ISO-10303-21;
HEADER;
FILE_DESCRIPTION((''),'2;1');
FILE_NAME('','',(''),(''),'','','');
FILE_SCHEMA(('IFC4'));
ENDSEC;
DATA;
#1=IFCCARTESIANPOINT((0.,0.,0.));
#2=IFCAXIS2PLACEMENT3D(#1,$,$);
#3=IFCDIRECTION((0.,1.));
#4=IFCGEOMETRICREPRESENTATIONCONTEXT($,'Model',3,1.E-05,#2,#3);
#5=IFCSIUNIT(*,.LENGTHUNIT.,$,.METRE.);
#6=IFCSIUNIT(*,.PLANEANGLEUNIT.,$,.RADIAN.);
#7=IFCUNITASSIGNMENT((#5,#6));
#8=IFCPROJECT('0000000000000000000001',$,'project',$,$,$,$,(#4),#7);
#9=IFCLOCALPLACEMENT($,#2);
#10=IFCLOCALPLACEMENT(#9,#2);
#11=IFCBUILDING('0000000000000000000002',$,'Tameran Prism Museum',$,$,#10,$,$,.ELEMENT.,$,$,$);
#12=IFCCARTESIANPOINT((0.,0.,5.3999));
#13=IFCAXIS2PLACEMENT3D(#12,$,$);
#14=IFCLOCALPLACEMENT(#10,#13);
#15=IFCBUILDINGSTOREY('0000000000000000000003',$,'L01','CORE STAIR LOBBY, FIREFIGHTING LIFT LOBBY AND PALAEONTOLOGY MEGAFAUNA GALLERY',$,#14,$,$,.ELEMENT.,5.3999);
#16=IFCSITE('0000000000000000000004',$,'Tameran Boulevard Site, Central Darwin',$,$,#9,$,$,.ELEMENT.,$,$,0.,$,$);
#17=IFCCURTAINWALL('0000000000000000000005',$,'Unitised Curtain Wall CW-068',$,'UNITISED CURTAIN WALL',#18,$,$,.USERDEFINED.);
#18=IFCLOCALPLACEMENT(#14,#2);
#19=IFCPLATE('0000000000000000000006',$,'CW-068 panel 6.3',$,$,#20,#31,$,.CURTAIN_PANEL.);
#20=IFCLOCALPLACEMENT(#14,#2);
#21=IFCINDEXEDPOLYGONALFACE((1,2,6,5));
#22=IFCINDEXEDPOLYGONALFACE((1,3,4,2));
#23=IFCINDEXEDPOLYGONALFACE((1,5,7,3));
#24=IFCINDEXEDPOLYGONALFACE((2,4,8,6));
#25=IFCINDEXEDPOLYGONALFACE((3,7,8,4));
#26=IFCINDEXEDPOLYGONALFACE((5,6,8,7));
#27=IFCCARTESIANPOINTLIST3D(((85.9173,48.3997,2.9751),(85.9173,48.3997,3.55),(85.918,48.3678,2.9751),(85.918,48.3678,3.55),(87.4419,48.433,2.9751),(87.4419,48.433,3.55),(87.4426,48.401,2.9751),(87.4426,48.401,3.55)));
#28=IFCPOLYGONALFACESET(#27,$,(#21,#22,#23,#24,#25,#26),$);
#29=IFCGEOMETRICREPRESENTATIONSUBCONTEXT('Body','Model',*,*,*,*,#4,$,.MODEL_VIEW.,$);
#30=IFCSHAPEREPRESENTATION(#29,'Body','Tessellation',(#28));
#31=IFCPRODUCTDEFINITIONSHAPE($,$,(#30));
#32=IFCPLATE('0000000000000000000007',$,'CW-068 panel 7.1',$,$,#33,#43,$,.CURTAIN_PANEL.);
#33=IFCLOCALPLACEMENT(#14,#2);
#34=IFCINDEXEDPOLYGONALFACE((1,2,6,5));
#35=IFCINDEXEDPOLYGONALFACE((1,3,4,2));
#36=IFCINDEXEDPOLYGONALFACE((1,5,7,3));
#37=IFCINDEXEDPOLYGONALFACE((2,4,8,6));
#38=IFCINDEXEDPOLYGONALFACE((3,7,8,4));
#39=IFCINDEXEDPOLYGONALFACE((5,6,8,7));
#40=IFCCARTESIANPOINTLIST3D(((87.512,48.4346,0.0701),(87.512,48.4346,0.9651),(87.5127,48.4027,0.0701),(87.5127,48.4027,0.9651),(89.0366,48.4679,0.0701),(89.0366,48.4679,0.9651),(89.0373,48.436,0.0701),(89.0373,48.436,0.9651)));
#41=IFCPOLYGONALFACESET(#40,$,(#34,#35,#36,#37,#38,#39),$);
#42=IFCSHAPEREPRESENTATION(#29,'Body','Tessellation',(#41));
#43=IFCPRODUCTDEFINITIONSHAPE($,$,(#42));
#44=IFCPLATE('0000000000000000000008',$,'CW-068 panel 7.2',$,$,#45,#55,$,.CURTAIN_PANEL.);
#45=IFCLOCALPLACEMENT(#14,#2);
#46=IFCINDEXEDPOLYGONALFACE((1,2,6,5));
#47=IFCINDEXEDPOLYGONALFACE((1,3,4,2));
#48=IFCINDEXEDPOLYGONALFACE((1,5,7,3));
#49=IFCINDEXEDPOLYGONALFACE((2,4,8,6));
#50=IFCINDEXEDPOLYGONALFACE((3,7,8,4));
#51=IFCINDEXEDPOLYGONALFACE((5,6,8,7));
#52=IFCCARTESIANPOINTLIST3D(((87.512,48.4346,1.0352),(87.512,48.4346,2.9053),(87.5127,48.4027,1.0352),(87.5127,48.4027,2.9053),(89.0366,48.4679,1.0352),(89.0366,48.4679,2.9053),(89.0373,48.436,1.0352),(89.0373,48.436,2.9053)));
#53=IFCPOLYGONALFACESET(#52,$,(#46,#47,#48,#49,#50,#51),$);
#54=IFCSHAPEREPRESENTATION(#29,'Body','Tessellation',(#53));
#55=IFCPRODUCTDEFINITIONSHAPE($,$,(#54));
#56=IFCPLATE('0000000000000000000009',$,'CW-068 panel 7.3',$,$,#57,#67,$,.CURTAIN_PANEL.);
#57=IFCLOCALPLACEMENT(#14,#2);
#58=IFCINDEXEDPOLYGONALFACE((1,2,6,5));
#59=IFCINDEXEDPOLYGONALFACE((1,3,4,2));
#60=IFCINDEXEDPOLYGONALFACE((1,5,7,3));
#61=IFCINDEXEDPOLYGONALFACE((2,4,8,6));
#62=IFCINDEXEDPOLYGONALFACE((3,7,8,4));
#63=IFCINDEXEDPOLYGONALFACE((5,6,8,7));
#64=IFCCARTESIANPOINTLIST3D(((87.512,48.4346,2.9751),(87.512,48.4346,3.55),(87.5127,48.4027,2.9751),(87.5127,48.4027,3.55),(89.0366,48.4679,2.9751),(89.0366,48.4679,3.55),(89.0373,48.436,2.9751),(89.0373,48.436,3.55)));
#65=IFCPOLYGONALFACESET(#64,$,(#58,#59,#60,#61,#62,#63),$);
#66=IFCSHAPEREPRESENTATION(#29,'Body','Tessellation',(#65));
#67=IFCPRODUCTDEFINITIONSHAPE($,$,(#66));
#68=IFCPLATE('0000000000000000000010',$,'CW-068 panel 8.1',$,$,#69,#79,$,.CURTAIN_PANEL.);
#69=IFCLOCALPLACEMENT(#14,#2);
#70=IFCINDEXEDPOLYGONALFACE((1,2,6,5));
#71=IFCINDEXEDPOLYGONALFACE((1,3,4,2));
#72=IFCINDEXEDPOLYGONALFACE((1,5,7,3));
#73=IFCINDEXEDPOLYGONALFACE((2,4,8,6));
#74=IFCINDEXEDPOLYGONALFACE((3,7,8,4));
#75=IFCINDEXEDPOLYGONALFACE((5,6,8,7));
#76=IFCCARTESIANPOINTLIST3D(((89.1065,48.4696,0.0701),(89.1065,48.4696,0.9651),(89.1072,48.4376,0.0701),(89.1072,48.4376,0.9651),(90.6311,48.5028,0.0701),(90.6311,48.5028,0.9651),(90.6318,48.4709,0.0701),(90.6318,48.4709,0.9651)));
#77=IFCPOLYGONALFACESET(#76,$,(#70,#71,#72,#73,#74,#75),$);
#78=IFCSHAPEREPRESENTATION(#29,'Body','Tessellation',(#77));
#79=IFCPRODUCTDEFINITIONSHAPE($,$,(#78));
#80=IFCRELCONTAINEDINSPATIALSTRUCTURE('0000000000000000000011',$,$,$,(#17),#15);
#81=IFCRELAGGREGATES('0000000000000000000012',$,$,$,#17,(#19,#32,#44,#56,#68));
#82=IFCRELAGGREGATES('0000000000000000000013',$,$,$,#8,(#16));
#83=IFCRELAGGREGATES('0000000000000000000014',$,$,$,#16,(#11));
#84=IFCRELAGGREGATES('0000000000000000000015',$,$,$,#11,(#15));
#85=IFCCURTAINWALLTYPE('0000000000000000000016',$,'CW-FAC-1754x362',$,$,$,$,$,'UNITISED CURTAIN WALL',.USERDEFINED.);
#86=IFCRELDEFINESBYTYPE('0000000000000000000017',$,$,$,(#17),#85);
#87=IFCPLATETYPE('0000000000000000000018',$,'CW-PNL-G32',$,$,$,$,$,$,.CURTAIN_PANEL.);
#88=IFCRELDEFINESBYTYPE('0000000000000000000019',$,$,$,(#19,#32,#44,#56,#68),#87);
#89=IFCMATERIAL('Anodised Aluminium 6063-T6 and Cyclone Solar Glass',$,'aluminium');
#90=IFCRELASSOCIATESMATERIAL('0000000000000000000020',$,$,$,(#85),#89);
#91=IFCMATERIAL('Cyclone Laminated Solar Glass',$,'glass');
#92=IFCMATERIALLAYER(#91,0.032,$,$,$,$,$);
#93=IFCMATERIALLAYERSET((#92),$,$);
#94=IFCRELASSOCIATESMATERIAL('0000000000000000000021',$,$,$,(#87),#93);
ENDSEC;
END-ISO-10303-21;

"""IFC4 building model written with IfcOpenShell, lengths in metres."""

from ifc_helpers import new_model, si_unit, direction, frame, origin, origin_2d, place, context, subcontext, project, spatial, rectangle, extrude, material, layer, layer_set, type_object, element, aggregate, save


model = new_model("IFC4")

# Units and contexts
model_context = context("Model", 3, precision=1e-05, world=origin(), true_north=direction((0.0, 1.0)))
body_context = subcontext(model_context, "Body", "Model", "MODEL_VIEW")
ifc_project = project(units=[si_unit("LENGTHUNIT", "METRE"), si_unit("PLANEANGLEUNIT", "RADIAN")], contexts=[model_context])

# Site, building, storey
site_placement = place(None, origin())
site = spatial("IfcSite", under=ifc_project, at=site_placement, Name="Tameran Boulevard Site, Central Darwin", CompositionType="ELEMENT", RefElevation=0.0)
building_placement = place(site_placement, origin())
building = spatial("IfcBuilding", under=site, at=building_placement, Name="Tameran Prism Museum", CompositionType="ELEMENT")
storey_placement = place(building_placement, frame((0.0, 0.0, 5.3999)))
storey = spatial("IfcBuildingStorey", under=building, at=storey_placement, Name="L01", Description="CORE STAIR LOBBY, FIREFIGHTING LIFT LOBBY AND PALAEONTOLOGY MEGAFAUNA GALLERY", CompositionType="ELEMENT", Elevation=5.3999)

# Curtain wall
ifc_material_1 = material(Name="Anodised Aluminium 6063-T6 and Cyclone Solar Glass", Category="aluminium")
curtain_wall_type_1 = type_object("IfcCurtainWallType", Name="CW-FAC-1754x362", ElementType="UNITISED CURTAIN WALL", PredefinedType="USERDEFINED", material=ifc_material_1)
curtain_wall_1_placement = place(storey_placement, origin())
curtain_wall_1 = element("IfcCurtainWall", 1, at=curtain_wall_1_placement, inside=storey, type_object=curtain_wall_type_1, Name="Unitised Curtain Wall CW-068", ObjectType="UNITISED CURTAIN WALL", PredefinedType="USERDEFINED")

# Plates
ifc_material_2 = material(Name="Cyclone Laminated Solar Glass", Category="glass")
ifc_layer = layer(ifc_material_2, 0.032)
ifc_layer_set = layer_set([ifc_layer])
plate_type = type_object("IfcPlateType", Name="CW-PNL-G32", PredefinedType="CURTAIN_PANEL", material=ifc_layer_set)
plate_1_placement = place(storey_placement, frame((86.6799, 48.4004, 2.9751), z_axis=(0.0, 0.0, 1.0), x_axis=(0.999762, 0.021831, 0.0)))
plate_1 = element("IfcPlate", 2, at=plate_1_placement, type_object=plate_type, Name="CW-068 panel 6.3", PredefinedType="CURTAIN_PANEL", context=body_context, shape_type="SweptSolid", body=[
    extrude(rectangle(XDim=1.5249, YDim=0.032, at=origin_2d()), origin(), (0.0, 0.0, 1.0), 0.575),
])
plate_2_placement = place(storey_placement, frame((88.2747, 48.4353, 0.0701), z_axis=(0.0, 0.0, 1.0), x_axis=(0.999762, 0.021831, 0.0)))
plate_2 = element("IfcPlate", 3, at=plate_2_placement, type_object=plate_type, Name="CW-068 panel 7.1", PredefinedType="CURTAIN_PANEL", context=body_context, shape_type="SweptSolid", body=[
    extrude(rectangle(XDim=1.5249, YDim=0.032, at=origin_2d()), origin(), (0.0, 0.0, 1.0), 0.895),
])
plate_3_placement = place(storey_placement, frame((88.2747, 48.4353, 1.0352), z_axis=(0.0, 0.0, 1.0), x_axis=(0.999762, 0.021831, 0.0)))
plate_3 = element("IfcPlate", 4, at=plate_3_placement, type_object=plate_type, Name="CW-068 panel 7.2", PredefinedType="CURTAIN_PANEL", context=body_context, shape_type="SweptSolid", body=[
    extrude(rectangle(XDim=1.5249, YDim=0.032, at=origin_2d()), origin(), (0.0, 0.0, 1.0), 1.8701),
])
plate_4_placement = place(storey_placement, frame((88.2747, 48.4353, 2.9751), z_axis=(0.0, 0.0, 1.0), x_axis=(0.999762, 0.021831, 0.0)))
plate_4 = element("IfcPlate", 5, at=plate_4_placement, type_object=plate_type, Name="CW-068 panel 7.3", PredefinedType="CURTAIN_PANEL", context=body_context, shape_type="SweptSolid", body=[
    extrude(rectangle(XDim=1.5249, YDim=0.032, at=origin_2d()), origin(), (0.0, 0.0, 1.0), 0.575),
])
plate_5_placement = place(storey_placement, frame((89.8691, 48.4702, 0.0701), z_axis=(0.0, 0.0, 1.0), x_axis=(0.999762, 0.021831, 0.0)))
plate_5 = element("IfcPlate", 6, at=plate_5_placement, type_object=plate_type, Name="CW-068 panel 8.1", PredefinedType="CURTAIN_PANEL", context=body_context, shape_type="SweptSolid", body=[
    extrude(rectangle(XDim=1.5249, YDim=0.032, at=origin_2d()), origin(), (0.0, 0.0, 1.0), 0.895),
])
aggregate(curtain_wall_1, [plate_1, plate_2, plate_3, plate_4, plate_5])

save(model, "model.ifc")
